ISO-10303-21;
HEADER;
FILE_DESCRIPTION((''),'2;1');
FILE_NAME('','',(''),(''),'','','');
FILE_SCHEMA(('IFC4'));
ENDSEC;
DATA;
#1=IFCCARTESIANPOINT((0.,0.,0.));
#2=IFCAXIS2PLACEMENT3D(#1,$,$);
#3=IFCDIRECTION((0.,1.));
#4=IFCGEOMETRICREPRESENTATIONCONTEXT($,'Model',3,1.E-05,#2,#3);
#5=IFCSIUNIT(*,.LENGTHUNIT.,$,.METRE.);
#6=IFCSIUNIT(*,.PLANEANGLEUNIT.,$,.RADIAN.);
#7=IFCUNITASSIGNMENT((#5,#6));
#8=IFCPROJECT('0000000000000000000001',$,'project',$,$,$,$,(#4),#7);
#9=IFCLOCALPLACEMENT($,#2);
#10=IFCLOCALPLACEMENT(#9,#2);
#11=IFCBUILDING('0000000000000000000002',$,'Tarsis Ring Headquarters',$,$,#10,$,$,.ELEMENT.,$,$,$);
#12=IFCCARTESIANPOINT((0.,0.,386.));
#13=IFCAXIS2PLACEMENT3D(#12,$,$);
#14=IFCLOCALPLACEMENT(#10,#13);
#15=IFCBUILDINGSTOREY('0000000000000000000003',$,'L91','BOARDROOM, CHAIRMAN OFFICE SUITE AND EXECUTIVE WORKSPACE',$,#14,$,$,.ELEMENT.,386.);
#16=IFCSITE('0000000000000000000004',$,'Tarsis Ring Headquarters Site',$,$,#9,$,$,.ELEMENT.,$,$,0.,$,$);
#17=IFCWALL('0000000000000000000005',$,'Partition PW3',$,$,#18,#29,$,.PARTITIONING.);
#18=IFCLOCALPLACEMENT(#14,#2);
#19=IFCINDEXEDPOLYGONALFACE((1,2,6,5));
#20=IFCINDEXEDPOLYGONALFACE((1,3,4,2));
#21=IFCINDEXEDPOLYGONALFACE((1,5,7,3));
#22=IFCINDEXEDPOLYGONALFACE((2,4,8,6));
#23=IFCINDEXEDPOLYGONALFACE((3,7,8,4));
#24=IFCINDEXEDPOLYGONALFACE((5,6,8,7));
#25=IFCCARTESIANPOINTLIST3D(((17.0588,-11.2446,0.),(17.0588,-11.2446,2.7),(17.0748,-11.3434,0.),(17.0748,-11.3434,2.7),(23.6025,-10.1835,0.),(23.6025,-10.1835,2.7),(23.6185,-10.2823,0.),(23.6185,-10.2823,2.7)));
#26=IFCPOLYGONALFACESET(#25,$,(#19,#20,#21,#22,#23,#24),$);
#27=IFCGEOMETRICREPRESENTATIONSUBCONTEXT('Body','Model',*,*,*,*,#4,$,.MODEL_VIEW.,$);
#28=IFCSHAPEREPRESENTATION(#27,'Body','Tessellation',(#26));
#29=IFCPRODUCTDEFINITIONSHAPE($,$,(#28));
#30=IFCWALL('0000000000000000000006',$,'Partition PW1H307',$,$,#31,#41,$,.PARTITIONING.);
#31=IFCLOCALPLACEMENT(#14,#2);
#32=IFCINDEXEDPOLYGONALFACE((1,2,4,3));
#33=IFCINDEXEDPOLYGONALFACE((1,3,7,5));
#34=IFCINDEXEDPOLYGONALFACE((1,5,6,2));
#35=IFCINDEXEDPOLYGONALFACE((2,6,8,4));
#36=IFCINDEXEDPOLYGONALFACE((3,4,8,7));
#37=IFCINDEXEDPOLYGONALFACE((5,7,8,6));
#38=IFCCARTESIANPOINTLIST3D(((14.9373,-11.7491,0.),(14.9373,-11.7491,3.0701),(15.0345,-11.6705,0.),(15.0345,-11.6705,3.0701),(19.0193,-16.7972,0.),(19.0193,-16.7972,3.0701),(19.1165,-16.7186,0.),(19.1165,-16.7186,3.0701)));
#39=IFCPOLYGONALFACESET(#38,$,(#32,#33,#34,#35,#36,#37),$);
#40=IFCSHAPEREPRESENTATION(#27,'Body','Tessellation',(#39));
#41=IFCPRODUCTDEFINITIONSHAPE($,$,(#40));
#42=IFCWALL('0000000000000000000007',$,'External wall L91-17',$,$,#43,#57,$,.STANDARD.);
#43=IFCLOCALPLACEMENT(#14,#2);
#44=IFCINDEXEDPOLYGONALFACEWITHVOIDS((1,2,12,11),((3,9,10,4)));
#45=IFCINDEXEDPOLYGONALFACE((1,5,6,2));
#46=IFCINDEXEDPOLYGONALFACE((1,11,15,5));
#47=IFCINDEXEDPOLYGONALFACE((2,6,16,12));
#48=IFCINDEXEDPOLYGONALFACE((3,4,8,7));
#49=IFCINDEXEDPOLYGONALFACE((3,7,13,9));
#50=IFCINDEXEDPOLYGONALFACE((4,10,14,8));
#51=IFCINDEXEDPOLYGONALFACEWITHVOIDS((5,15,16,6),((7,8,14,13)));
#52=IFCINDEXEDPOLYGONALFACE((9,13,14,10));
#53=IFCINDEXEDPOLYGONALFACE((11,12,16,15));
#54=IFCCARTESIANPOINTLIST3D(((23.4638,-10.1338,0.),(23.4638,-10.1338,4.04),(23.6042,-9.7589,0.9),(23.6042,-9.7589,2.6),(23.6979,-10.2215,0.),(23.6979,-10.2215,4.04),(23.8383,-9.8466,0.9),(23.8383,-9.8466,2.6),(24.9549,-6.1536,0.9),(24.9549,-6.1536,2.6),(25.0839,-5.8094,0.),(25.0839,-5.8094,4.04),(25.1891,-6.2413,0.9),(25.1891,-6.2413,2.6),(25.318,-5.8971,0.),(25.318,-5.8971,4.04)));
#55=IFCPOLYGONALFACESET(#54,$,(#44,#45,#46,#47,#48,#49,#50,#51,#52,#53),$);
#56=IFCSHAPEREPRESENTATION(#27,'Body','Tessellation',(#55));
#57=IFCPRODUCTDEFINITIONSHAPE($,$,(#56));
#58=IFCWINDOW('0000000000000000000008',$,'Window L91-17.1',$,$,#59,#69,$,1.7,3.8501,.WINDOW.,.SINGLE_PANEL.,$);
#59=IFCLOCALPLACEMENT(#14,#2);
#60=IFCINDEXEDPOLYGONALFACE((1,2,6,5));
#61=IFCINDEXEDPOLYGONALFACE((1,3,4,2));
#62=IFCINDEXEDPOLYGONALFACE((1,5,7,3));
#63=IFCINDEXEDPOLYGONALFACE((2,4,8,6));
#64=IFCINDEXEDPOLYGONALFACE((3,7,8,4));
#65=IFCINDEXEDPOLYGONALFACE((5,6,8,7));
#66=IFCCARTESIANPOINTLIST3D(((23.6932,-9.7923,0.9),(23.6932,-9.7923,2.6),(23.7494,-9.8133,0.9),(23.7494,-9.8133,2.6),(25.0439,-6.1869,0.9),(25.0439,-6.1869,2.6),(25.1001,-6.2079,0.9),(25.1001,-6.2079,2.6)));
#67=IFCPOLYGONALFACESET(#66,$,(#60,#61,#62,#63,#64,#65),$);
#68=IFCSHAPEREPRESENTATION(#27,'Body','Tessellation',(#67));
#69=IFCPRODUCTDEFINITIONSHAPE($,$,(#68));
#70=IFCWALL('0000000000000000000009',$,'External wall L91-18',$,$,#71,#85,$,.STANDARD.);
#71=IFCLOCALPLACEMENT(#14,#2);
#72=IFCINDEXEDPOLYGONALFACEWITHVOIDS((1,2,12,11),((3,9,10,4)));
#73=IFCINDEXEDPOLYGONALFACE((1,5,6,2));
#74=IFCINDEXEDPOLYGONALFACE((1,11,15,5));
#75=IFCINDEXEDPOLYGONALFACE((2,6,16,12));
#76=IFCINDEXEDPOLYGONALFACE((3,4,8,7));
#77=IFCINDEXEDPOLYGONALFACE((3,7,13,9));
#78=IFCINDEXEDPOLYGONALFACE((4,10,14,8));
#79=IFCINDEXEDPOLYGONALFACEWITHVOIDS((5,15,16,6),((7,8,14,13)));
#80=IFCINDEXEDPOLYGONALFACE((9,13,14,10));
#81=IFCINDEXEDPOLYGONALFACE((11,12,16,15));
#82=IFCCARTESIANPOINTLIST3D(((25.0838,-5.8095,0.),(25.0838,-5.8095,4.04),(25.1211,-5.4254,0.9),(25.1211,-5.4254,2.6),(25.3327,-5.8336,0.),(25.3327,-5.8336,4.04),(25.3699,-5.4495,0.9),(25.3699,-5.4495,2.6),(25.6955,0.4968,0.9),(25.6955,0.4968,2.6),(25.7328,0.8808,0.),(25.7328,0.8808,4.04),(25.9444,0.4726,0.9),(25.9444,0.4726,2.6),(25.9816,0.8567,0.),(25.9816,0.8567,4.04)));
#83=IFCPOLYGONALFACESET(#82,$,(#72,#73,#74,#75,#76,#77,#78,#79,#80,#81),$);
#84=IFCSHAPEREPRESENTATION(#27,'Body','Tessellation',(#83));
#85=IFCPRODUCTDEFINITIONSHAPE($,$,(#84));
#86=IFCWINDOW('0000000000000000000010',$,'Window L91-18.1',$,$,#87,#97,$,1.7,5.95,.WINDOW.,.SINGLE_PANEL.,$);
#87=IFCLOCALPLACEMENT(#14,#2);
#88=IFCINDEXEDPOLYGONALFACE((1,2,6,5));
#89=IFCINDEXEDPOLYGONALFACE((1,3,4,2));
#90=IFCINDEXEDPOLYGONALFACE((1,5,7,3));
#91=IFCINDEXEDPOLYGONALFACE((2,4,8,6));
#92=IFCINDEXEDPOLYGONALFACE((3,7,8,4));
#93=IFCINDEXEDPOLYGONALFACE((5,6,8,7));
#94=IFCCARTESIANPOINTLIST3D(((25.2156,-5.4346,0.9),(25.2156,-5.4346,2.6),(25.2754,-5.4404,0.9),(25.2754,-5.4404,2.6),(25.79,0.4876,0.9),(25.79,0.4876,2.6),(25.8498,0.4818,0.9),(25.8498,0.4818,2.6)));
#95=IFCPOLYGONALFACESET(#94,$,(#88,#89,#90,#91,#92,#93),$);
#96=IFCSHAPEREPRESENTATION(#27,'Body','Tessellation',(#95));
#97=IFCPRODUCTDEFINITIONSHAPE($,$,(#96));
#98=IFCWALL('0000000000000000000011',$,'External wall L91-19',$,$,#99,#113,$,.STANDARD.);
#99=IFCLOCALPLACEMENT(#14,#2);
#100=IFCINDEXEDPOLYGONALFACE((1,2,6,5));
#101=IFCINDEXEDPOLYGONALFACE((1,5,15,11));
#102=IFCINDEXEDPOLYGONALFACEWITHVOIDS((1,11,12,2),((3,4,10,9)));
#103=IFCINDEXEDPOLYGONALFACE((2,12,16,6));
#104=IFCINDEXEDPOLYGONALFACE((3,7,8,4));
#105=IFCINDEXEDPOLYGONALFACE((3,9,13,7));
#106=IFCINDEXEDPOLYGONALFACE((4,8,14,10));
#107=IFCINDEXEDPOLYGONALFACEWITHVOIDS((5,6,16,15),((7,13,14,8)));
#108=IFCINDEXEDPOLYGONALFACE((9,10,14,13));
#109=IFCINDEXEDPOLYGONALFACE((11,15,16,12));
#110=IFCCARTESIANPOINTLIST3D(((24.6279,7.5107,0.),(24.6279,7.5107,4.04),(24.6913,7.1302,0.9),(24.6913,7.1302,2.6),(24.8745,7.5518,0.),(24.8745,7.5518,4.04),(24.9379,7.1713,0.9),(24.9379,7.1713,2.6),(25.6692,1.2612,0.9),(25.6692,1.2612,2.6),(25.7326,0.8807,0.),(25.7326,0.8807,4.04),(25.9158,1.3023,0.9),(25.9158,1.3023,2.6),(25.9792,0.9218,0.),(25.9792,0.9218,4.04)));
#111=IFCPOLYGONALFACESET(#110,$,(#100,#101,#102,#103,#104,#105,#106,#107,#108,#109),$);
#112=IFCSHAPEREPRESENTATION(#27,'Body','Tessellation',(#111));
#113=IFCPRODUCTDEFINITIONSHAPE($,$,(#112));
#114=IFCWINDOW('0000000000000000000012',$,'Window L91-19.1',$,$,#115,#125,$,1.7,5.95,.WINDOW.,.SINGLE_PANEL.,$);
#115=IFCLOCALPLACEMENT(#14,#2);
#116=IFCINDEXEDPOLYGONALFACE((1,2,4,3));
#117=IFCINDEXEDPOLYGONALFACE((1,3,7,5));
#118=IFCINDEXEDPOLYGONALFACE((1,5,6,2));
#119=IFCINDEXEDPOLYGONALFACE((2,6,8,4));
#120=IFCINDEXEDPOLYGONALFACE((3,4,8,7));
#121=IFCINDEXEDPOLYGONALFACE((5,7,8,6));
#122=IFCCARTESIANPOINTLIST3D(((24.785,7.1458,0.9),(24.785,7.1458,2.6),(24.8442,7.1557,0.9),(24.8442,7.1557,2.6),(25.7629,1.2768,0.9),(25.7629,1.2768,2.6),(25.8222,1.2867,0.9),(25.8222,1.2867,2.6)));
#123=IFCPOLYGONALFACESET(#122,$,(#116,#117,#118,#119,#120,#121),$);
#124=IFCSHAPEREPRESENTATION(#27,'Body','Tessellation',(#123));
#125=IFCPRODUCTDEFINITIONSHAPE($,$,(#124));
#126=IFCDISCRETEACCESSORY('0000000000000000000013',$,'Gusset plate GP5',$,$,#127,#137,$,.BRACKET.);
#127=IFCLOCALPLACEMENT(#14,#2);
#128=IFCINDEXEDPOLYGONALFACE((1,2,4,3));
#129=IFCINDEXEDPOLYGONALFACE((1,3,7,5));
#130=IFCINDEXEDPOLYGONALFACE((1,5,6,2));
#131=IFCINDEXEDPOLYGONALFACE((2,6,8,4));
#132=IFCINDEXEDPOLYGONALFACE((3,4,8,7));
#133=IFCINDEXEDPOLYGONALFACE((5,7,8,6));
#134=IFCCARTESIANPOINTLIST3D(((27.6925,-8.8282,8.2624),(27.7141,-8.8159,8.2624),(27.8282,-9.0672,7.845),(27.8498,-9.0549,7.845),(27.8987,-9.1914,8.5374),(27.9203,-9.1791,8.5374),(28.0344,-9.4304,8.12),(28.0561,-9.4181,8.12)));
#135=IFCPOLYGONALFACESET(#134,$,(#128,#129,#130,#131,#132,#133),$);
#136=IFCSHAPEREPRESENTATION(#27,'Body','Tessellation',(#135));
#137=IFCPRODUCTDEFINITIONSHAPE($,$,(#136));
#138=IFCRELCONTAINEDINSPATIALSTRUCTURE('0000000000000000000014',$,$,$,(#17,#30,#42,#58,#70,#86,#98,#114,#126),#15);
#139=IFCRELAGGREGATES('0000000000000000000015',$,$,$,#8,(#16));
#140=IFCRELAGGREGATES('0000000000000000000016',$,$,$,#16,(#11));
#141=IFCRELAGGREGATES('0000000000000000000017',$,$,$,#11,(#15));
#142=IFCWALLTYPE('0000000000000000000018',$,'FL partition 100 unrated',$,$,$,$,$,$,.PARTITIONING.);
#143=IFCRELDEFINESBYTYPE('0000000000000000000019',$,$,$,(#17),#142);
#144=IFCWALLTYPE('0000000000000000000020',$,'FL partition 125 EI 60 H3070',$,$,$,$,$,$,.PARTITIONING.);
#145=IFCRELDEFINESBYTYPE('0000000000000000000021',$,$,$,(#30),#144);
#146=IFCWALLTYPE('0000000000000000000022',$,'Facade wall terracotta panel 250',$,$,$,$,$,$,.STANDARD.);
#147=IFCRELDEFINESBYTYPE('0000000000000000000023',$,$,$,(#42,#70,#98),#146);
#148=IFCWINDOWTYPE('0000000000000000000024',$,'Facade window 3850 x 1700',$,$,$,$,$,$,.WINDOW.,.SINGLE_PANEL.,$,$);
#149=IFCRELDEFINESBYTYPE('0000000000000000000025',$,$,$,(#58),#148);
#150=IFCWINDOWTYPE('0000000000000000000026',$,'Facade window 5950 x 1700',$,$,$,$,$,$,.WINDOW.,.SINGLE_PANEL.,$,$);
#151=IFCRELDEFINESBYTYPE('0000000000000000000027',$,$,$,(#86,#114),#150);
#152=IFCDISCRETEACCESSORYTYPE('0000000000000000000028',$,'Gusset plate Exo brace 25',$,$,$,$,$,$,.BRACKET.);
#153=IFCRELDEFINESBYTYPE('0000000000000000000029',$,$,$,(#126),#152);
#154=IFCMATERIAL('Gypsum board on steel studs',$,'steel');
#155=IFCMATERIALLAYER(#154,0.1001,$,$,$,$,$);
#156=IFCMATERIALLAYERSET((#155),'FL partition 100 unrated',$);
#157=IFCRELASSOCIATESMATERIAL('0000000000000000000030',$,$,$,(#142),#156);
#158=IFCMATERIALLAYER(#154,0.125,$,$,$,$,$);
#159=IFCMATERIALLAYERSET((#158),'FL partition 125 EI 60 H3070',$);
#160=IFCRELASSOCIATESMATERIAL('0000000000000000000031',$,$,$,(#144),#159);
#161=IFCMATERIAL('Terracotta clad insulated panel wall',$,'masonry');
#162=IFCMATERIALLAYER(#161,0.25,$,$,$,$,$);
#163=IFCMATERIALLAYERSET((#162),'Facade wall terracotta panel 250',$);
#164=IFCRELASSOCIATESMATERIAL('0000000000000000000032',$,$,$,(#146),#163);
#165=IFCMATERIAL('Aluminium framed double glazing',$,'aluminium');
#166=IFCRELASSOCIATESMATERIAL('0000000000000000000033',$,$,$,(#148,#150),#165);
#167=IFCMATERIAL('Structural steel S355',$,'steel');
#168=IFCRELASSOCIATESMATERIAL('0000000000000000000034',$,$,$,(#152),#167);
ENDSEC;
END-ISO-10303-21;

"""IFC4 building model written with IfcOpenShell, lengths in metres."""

from ifc_helpers import new_model, si_unit, direction, frame, frame_2d, origin, origin_2d, place, context, subcontext, project, spatial, rectangle, extrude, material, layer, layer_set, material_profile, profile_set, type_object, element, fill, save


model = new_model("IFC4")

# Units and contexts
model_context = context("Model", 3, precision=1e-05, world=origin(), true_north=direction((0.0, 1.0)))
body_context = subcontext(model_context, "Body", "Model", "MODEL_VIEW")
ifc_project = project(units=[si_unit("LENGTHUNIT", "METRE"), si_unit("PLANEANGLEUNIT", "RADIAN")], contexts=[model_context])

# Site, building, storey
site_placement = place(None, origin())
site = spatial("IfcSite", under=ifc_project, at=site_placement, Name="Tarsis Ring Headquarters Site", CompositionType="ELEMENT", RefElevation=0.0)
building_placement = place(site_placement, origin())
building = spatial("IfcBuilding", under=site, at=building_placement, Name="Tarsis Ring Headquarters", CompositionType="ELEMENT")
storey_placement = place(building_placement, frame((0.0, 0.0, 386.0)))
storey = spatial("IfcBuildingStorey", under=building, at=storey_placement, Name="L91", Description="BOARDROOM, CHAIRMAN OFFICE SUITE AND EXECUTIVE WORKSPACE", CompositionType="ELEMENT", Elevation=386.0)

# Shared definitions
ifc_material_1 = material(Name="Structural steel S355", Category="steel")

# Walls
ifc_material_2 = material(Name="Gypsum board on steel studs", Category="steel")
ifc_layer_1 = layer(ifc_material_2, 0.1001)
ifc_layer_set_1 = layer_set([ifc_layer_1], Name="FL partition 100 unrated")
wall_type_1 = type_object("IfcWallType", Name="FL partition 100 unrated", PredefinedType="PARTITIONING", material=ifc_layer_set_1)
wall_1_placement = place(storey_placement, frame((17.0669, -11.2939, 0.0), z_axis=(0.0, 0.0, 1.0), x_axis=(0.987108, 0.160056, 0.0)))
element("IfcWall", 1, at=wall_1_placement, inside=storey, type_object=wall_type_1, Name="Partition PW3", PredefinedType="PARTITIONING", context=body_context, shape_type="SweptSolid", body=[
    extrude(rectangle(XDim=6.6292, YDim=0.1001, at=frame_2d((3.3145, 0.0))), origin(), (0.0, 0.0, 1.0), 2.7),
])
ifc_layer_2 = layer(ifc_material_2, 0.125)
ifc_layer_set_2 = layer_set([ifc_layer_2], Name="FL partition 125 EI 60 H3070")
wall_type_2 = type_object("IfcWallType", Name="FL partition 125 EI 60 H3070", PredefinedType="PARTITIONING", material=ifc_layer_set_2)
wall_2_placement = place(storey_placement, frame((14.9858, -11.7097, 0.0), z_axis=(0.0, 0.0, 1.0), x_axis=(0.628777, -0.777585, 0.0)))
element("IfcWall", 2, at=wall_2_placement, inside=storey, type_object=wall_type_2, Name="Partition PW1H307", PredefinedType="PARTITIONING", context=body_context, shape_type="SweptSolid", body=[
    extrude(rectangle(XDim=6.4919, YDim=0.125, at=frame_2d((3.2461, 0.0))), origin(), (0.0, 0.0, 1.0), 3.0701),
])

# Walls, openings, windows
ifc_material_3 = material(Name="Terracotta clad insulated panel wall", Category="masonry")
ifc_layer_3 = layer(ifc_material_3, 0.25)
ifc_layer_set_3 = layer_set([ifc_layer_3], Name="Facade wall terracotta panel 250")
wall_type_3 = type_object("IfcWallType", Name="Facade wall terracotta panel 250", PredefinedType="STANDARD", material=ifc_layer_set_3)
wall_3_placement = place(storey_placement, frame((23.5808, -10.1777, 0.0), z_axis=(0.0, 0.0, 1.0), x_axis=(0.350828, 0.93644, 0.0)))
wall_3 = element("IfcWall", 3, at=wall_3_placement, inside=storey, type_object=wall_type_3, Name="External wall L91-17", PredefinedType="STANDARD", context=body_context, shape_type="SweptSolid", body=[
    extrude(rectangle(XDim=4.6179, YDim=0.25, at=frame_2d((2.3091, 0.0))), origin(), (0.0, 0.0, 1.0), 4.04),
])
opening_1_placement = place(wall_3_placement, frame((0.4004, 0.0, 0.8999)))
opening_1 = element("IfcOpeningElement", 4, at=opening_1_placement, cuts=wall_3, PredefinedType="OPENING", context=body_context, shape_type="SweptSolid", body=[
    extrude(rectangle(XDim=3.8501, YDim=1.7, at=frame_2d((1.925, 0.8501))), frame((0.0, 0.135, 0.0), z_axis=(0.0, -1.0, 0.0), x_axis=(1.0, 0.0, 0.0)), (0.0, 0.0, 1.0), 0.27),
])
ifc_material_4 = material(Name="Aluminium framed double glazing", Category="aluminium")
window_type_1 = type_object("IfcWindowType", Name="Facade window 3850 x 1700", PartitioningType="SINGLE_PANEL", PredefinedType="WINDOW", material=ifc_material_4)
window_1_placement = place(opening_1_placement, origin())
window_1 = element("IfcWindow", 5, at=window_1_placement, inside=storey, type_object=window_type_1, Name="Window L91-17.1", OverallHeight=1.7, OverallWidth=3.8501, PartitioningType="SINGLE_PANEL", PredefinedType="WINDOW", context=body_context, shape_type="SweptSolid", body=[
    extrude(rectangle(XDim=3.8501, YDim=1.7, at=frame_2d((1.925, 0.8501))), frame((0.0, 0.03, 0.0), z_axis=(0.0, -1.0, 0.0), x_axis=(1.0, 0.0, 0.0)), (0.0, 0.0, 1.0), 0.0601),
])
fill(opening_1, window_1)
wall_4_placement = place(storey_placement, frame((25.2083, -5.8215, 0.0), z_axis=(0.0, 0.0, 1.0), x_axis=(0.096544, 0.995329, 0.0)))
wall_4 = element("IfcWall", 6, at=wall_4_placement, inside=storey, type_object=wall_type_3, Name="External wall L91-18", PredefinedType="STANDARD", context=body_context, shape_type="SweptSolid", body=[
    extrude(rectangle(XDim=6.7217, YDim=0.25, at=frame_2d((3.3608, 0.0))), origin(), (0.0, 0.0, 1.0), 4.04),
])
opening_2_placement = place(wall_4_placement, frame((0.3857, 0.0, 0.8999)))
opening_2 = element("IfcOpeningElement", 7, at=opening_2_placement, cuts=wall_4, PredefinedType="OPENING", context=body_context, shape_type="SweptSolid", body=[
    extrude(rectangle(XDim=5.95, YDim=1.7, at=frame_2d((2.9751, 0.8501))), frame((0.0, 0.135, 0.0), z_axis=(0.0, -1.0, 0.0), x_axis=(1.0, 0.0, 0.0)), (0.0, 0.0, 1.0), 0.27),
])
window_type_2 = type_object("IfcWindowType", Name="Facade window 5950 x 1700", PartitioningType="SINGLE_PANEL", PredefinedType="WINDOW", material=ifc_material_4)
window_2_placement = place(opening_2_placement, origin())
window_2 = element("IfcWindow", 8, at=window_2_placement, inside=storey, type_object=window_type_2, Name="Window L91-18.1", OverallHeight=1.7, OverallWidth=5.95, PartitioningType="SINGLE_PANEL", PredefinedType="WINDOW", context=body_context, shape_type="SweptSolid", body=[
    extrude(rectangle(XDim=5.95, YDim=1.7, at=frame_2d((2.9751, 0.8501))), frame((0.0, 0.03, 0.0), z_axis=(0.0, -1.0, 0.0), x_axis=(1.0, 0.0, 0.0)), (0.0, 0.0, 1.0), 0.0601),
])
fill(opening_2, window_2)
wall_5_placement = place(storey_placement, frame((25.856, 0.9011, 0.0), z_axis=(0.0, 0.0, 1.0), x_axis=(-0.164358, 0.986401, 0.0)))
wall_5 = element("IfcWall", 9, at=wall_5_placement, inside=storey, type_object=wall_type_3, Name="External wall L91-19", PredefinedType="STANDARD", context=body_context, shape_type="SweptSolid", body=[
    extrude(rectangle(XDim=6.7214, YDim=0.25, at=frame_2d((3.3608, 0.0))), origin(), (0.0, 0.0, 1.0), 4.04),
])
opening_3_placement = place(wall_5_placement, frame((0.3857, 0.0, 0.8999)))
opening_3 = element("IfcOpeningElement", 10, at=opening_3_placement, cuts=wall_5, PredefinedType="OPENING", context=body_context, shape_type="SweptSolid", body=[
    extrude(rectangle(XDim=5.95, YDim=1.7, at=frame_2d((2.9751, 0.8501))), frame((0.0, 0.135, 0.0), z_axis=(0.0, -1.0, 0.0), x_axis=(1.0, 0.0, 0.0)), (0.0, 0.0, 1.0), 0.27),
])
window_3_placement = place(opening_3_placement, origin())
window_3 = element("IfcWindow", 11, at=window_3_placement, inside=storey, type_object=window_type_2, Name="Window L91-19.1", OverallHeight=1.7, OverallWidth=5.95, PartitioningType="SINGLE_PANEL", PredefinedType="WINDOW", context=body_context, shape_type="SweptSolid", body=[
    extrude(rectangle(XDim=5.95, YDim=1.7, at=frame_2d((2.9751, 0.8501))), frame((0.0, 0.03, 0.0), z_axis=(0.0, -1.0, 0.0), x_axis=(1.0, 0.0, 0.0)), (0.0, 0.0, 1.0), 0.0601),
])
fill(opening_3, window_3)

# Discrete accessory
ifc_material_profile_1 = material_profile(ifc_material_1, rectangle(XDim=0.0249, YDim=0.5, at=origin_2d()), Name="PL 25x500")
ifc_profile_set_1 = profile_set([ifc_material_profile_1], Name="Structural steel S355")
discrete_accessory_type = type_object("IfcDiscreteAccessoryType", Name="Gusset plate Exo brace 25", PredefinedType="BRACKET", material=ifc_profile_set_1)
discrete_accessory_placement = place(storey_placement, frame((27.8064, -9.0037, 8.3999), z_axis=(0.271569, -0.478177, -0.835223), x_axis=(0.869552, 0.493842, 0.0)))
element("IfcDiscreteAccessory", 12, at=discrete_accessory_placement, inside=storey, type_object=discrete_accessory_type, Name="Gusset plate GP5", PredefinedType="BRACKET", context=body_context, shape_type="SweptSolid", body=[
    extrude(rectangle(XDim=0.0249, YDim=0.5, at=origin_2d()), origin(), (0.0, 0.0, 1.0), 0.4998),
])

save(model, "model.ifc")
